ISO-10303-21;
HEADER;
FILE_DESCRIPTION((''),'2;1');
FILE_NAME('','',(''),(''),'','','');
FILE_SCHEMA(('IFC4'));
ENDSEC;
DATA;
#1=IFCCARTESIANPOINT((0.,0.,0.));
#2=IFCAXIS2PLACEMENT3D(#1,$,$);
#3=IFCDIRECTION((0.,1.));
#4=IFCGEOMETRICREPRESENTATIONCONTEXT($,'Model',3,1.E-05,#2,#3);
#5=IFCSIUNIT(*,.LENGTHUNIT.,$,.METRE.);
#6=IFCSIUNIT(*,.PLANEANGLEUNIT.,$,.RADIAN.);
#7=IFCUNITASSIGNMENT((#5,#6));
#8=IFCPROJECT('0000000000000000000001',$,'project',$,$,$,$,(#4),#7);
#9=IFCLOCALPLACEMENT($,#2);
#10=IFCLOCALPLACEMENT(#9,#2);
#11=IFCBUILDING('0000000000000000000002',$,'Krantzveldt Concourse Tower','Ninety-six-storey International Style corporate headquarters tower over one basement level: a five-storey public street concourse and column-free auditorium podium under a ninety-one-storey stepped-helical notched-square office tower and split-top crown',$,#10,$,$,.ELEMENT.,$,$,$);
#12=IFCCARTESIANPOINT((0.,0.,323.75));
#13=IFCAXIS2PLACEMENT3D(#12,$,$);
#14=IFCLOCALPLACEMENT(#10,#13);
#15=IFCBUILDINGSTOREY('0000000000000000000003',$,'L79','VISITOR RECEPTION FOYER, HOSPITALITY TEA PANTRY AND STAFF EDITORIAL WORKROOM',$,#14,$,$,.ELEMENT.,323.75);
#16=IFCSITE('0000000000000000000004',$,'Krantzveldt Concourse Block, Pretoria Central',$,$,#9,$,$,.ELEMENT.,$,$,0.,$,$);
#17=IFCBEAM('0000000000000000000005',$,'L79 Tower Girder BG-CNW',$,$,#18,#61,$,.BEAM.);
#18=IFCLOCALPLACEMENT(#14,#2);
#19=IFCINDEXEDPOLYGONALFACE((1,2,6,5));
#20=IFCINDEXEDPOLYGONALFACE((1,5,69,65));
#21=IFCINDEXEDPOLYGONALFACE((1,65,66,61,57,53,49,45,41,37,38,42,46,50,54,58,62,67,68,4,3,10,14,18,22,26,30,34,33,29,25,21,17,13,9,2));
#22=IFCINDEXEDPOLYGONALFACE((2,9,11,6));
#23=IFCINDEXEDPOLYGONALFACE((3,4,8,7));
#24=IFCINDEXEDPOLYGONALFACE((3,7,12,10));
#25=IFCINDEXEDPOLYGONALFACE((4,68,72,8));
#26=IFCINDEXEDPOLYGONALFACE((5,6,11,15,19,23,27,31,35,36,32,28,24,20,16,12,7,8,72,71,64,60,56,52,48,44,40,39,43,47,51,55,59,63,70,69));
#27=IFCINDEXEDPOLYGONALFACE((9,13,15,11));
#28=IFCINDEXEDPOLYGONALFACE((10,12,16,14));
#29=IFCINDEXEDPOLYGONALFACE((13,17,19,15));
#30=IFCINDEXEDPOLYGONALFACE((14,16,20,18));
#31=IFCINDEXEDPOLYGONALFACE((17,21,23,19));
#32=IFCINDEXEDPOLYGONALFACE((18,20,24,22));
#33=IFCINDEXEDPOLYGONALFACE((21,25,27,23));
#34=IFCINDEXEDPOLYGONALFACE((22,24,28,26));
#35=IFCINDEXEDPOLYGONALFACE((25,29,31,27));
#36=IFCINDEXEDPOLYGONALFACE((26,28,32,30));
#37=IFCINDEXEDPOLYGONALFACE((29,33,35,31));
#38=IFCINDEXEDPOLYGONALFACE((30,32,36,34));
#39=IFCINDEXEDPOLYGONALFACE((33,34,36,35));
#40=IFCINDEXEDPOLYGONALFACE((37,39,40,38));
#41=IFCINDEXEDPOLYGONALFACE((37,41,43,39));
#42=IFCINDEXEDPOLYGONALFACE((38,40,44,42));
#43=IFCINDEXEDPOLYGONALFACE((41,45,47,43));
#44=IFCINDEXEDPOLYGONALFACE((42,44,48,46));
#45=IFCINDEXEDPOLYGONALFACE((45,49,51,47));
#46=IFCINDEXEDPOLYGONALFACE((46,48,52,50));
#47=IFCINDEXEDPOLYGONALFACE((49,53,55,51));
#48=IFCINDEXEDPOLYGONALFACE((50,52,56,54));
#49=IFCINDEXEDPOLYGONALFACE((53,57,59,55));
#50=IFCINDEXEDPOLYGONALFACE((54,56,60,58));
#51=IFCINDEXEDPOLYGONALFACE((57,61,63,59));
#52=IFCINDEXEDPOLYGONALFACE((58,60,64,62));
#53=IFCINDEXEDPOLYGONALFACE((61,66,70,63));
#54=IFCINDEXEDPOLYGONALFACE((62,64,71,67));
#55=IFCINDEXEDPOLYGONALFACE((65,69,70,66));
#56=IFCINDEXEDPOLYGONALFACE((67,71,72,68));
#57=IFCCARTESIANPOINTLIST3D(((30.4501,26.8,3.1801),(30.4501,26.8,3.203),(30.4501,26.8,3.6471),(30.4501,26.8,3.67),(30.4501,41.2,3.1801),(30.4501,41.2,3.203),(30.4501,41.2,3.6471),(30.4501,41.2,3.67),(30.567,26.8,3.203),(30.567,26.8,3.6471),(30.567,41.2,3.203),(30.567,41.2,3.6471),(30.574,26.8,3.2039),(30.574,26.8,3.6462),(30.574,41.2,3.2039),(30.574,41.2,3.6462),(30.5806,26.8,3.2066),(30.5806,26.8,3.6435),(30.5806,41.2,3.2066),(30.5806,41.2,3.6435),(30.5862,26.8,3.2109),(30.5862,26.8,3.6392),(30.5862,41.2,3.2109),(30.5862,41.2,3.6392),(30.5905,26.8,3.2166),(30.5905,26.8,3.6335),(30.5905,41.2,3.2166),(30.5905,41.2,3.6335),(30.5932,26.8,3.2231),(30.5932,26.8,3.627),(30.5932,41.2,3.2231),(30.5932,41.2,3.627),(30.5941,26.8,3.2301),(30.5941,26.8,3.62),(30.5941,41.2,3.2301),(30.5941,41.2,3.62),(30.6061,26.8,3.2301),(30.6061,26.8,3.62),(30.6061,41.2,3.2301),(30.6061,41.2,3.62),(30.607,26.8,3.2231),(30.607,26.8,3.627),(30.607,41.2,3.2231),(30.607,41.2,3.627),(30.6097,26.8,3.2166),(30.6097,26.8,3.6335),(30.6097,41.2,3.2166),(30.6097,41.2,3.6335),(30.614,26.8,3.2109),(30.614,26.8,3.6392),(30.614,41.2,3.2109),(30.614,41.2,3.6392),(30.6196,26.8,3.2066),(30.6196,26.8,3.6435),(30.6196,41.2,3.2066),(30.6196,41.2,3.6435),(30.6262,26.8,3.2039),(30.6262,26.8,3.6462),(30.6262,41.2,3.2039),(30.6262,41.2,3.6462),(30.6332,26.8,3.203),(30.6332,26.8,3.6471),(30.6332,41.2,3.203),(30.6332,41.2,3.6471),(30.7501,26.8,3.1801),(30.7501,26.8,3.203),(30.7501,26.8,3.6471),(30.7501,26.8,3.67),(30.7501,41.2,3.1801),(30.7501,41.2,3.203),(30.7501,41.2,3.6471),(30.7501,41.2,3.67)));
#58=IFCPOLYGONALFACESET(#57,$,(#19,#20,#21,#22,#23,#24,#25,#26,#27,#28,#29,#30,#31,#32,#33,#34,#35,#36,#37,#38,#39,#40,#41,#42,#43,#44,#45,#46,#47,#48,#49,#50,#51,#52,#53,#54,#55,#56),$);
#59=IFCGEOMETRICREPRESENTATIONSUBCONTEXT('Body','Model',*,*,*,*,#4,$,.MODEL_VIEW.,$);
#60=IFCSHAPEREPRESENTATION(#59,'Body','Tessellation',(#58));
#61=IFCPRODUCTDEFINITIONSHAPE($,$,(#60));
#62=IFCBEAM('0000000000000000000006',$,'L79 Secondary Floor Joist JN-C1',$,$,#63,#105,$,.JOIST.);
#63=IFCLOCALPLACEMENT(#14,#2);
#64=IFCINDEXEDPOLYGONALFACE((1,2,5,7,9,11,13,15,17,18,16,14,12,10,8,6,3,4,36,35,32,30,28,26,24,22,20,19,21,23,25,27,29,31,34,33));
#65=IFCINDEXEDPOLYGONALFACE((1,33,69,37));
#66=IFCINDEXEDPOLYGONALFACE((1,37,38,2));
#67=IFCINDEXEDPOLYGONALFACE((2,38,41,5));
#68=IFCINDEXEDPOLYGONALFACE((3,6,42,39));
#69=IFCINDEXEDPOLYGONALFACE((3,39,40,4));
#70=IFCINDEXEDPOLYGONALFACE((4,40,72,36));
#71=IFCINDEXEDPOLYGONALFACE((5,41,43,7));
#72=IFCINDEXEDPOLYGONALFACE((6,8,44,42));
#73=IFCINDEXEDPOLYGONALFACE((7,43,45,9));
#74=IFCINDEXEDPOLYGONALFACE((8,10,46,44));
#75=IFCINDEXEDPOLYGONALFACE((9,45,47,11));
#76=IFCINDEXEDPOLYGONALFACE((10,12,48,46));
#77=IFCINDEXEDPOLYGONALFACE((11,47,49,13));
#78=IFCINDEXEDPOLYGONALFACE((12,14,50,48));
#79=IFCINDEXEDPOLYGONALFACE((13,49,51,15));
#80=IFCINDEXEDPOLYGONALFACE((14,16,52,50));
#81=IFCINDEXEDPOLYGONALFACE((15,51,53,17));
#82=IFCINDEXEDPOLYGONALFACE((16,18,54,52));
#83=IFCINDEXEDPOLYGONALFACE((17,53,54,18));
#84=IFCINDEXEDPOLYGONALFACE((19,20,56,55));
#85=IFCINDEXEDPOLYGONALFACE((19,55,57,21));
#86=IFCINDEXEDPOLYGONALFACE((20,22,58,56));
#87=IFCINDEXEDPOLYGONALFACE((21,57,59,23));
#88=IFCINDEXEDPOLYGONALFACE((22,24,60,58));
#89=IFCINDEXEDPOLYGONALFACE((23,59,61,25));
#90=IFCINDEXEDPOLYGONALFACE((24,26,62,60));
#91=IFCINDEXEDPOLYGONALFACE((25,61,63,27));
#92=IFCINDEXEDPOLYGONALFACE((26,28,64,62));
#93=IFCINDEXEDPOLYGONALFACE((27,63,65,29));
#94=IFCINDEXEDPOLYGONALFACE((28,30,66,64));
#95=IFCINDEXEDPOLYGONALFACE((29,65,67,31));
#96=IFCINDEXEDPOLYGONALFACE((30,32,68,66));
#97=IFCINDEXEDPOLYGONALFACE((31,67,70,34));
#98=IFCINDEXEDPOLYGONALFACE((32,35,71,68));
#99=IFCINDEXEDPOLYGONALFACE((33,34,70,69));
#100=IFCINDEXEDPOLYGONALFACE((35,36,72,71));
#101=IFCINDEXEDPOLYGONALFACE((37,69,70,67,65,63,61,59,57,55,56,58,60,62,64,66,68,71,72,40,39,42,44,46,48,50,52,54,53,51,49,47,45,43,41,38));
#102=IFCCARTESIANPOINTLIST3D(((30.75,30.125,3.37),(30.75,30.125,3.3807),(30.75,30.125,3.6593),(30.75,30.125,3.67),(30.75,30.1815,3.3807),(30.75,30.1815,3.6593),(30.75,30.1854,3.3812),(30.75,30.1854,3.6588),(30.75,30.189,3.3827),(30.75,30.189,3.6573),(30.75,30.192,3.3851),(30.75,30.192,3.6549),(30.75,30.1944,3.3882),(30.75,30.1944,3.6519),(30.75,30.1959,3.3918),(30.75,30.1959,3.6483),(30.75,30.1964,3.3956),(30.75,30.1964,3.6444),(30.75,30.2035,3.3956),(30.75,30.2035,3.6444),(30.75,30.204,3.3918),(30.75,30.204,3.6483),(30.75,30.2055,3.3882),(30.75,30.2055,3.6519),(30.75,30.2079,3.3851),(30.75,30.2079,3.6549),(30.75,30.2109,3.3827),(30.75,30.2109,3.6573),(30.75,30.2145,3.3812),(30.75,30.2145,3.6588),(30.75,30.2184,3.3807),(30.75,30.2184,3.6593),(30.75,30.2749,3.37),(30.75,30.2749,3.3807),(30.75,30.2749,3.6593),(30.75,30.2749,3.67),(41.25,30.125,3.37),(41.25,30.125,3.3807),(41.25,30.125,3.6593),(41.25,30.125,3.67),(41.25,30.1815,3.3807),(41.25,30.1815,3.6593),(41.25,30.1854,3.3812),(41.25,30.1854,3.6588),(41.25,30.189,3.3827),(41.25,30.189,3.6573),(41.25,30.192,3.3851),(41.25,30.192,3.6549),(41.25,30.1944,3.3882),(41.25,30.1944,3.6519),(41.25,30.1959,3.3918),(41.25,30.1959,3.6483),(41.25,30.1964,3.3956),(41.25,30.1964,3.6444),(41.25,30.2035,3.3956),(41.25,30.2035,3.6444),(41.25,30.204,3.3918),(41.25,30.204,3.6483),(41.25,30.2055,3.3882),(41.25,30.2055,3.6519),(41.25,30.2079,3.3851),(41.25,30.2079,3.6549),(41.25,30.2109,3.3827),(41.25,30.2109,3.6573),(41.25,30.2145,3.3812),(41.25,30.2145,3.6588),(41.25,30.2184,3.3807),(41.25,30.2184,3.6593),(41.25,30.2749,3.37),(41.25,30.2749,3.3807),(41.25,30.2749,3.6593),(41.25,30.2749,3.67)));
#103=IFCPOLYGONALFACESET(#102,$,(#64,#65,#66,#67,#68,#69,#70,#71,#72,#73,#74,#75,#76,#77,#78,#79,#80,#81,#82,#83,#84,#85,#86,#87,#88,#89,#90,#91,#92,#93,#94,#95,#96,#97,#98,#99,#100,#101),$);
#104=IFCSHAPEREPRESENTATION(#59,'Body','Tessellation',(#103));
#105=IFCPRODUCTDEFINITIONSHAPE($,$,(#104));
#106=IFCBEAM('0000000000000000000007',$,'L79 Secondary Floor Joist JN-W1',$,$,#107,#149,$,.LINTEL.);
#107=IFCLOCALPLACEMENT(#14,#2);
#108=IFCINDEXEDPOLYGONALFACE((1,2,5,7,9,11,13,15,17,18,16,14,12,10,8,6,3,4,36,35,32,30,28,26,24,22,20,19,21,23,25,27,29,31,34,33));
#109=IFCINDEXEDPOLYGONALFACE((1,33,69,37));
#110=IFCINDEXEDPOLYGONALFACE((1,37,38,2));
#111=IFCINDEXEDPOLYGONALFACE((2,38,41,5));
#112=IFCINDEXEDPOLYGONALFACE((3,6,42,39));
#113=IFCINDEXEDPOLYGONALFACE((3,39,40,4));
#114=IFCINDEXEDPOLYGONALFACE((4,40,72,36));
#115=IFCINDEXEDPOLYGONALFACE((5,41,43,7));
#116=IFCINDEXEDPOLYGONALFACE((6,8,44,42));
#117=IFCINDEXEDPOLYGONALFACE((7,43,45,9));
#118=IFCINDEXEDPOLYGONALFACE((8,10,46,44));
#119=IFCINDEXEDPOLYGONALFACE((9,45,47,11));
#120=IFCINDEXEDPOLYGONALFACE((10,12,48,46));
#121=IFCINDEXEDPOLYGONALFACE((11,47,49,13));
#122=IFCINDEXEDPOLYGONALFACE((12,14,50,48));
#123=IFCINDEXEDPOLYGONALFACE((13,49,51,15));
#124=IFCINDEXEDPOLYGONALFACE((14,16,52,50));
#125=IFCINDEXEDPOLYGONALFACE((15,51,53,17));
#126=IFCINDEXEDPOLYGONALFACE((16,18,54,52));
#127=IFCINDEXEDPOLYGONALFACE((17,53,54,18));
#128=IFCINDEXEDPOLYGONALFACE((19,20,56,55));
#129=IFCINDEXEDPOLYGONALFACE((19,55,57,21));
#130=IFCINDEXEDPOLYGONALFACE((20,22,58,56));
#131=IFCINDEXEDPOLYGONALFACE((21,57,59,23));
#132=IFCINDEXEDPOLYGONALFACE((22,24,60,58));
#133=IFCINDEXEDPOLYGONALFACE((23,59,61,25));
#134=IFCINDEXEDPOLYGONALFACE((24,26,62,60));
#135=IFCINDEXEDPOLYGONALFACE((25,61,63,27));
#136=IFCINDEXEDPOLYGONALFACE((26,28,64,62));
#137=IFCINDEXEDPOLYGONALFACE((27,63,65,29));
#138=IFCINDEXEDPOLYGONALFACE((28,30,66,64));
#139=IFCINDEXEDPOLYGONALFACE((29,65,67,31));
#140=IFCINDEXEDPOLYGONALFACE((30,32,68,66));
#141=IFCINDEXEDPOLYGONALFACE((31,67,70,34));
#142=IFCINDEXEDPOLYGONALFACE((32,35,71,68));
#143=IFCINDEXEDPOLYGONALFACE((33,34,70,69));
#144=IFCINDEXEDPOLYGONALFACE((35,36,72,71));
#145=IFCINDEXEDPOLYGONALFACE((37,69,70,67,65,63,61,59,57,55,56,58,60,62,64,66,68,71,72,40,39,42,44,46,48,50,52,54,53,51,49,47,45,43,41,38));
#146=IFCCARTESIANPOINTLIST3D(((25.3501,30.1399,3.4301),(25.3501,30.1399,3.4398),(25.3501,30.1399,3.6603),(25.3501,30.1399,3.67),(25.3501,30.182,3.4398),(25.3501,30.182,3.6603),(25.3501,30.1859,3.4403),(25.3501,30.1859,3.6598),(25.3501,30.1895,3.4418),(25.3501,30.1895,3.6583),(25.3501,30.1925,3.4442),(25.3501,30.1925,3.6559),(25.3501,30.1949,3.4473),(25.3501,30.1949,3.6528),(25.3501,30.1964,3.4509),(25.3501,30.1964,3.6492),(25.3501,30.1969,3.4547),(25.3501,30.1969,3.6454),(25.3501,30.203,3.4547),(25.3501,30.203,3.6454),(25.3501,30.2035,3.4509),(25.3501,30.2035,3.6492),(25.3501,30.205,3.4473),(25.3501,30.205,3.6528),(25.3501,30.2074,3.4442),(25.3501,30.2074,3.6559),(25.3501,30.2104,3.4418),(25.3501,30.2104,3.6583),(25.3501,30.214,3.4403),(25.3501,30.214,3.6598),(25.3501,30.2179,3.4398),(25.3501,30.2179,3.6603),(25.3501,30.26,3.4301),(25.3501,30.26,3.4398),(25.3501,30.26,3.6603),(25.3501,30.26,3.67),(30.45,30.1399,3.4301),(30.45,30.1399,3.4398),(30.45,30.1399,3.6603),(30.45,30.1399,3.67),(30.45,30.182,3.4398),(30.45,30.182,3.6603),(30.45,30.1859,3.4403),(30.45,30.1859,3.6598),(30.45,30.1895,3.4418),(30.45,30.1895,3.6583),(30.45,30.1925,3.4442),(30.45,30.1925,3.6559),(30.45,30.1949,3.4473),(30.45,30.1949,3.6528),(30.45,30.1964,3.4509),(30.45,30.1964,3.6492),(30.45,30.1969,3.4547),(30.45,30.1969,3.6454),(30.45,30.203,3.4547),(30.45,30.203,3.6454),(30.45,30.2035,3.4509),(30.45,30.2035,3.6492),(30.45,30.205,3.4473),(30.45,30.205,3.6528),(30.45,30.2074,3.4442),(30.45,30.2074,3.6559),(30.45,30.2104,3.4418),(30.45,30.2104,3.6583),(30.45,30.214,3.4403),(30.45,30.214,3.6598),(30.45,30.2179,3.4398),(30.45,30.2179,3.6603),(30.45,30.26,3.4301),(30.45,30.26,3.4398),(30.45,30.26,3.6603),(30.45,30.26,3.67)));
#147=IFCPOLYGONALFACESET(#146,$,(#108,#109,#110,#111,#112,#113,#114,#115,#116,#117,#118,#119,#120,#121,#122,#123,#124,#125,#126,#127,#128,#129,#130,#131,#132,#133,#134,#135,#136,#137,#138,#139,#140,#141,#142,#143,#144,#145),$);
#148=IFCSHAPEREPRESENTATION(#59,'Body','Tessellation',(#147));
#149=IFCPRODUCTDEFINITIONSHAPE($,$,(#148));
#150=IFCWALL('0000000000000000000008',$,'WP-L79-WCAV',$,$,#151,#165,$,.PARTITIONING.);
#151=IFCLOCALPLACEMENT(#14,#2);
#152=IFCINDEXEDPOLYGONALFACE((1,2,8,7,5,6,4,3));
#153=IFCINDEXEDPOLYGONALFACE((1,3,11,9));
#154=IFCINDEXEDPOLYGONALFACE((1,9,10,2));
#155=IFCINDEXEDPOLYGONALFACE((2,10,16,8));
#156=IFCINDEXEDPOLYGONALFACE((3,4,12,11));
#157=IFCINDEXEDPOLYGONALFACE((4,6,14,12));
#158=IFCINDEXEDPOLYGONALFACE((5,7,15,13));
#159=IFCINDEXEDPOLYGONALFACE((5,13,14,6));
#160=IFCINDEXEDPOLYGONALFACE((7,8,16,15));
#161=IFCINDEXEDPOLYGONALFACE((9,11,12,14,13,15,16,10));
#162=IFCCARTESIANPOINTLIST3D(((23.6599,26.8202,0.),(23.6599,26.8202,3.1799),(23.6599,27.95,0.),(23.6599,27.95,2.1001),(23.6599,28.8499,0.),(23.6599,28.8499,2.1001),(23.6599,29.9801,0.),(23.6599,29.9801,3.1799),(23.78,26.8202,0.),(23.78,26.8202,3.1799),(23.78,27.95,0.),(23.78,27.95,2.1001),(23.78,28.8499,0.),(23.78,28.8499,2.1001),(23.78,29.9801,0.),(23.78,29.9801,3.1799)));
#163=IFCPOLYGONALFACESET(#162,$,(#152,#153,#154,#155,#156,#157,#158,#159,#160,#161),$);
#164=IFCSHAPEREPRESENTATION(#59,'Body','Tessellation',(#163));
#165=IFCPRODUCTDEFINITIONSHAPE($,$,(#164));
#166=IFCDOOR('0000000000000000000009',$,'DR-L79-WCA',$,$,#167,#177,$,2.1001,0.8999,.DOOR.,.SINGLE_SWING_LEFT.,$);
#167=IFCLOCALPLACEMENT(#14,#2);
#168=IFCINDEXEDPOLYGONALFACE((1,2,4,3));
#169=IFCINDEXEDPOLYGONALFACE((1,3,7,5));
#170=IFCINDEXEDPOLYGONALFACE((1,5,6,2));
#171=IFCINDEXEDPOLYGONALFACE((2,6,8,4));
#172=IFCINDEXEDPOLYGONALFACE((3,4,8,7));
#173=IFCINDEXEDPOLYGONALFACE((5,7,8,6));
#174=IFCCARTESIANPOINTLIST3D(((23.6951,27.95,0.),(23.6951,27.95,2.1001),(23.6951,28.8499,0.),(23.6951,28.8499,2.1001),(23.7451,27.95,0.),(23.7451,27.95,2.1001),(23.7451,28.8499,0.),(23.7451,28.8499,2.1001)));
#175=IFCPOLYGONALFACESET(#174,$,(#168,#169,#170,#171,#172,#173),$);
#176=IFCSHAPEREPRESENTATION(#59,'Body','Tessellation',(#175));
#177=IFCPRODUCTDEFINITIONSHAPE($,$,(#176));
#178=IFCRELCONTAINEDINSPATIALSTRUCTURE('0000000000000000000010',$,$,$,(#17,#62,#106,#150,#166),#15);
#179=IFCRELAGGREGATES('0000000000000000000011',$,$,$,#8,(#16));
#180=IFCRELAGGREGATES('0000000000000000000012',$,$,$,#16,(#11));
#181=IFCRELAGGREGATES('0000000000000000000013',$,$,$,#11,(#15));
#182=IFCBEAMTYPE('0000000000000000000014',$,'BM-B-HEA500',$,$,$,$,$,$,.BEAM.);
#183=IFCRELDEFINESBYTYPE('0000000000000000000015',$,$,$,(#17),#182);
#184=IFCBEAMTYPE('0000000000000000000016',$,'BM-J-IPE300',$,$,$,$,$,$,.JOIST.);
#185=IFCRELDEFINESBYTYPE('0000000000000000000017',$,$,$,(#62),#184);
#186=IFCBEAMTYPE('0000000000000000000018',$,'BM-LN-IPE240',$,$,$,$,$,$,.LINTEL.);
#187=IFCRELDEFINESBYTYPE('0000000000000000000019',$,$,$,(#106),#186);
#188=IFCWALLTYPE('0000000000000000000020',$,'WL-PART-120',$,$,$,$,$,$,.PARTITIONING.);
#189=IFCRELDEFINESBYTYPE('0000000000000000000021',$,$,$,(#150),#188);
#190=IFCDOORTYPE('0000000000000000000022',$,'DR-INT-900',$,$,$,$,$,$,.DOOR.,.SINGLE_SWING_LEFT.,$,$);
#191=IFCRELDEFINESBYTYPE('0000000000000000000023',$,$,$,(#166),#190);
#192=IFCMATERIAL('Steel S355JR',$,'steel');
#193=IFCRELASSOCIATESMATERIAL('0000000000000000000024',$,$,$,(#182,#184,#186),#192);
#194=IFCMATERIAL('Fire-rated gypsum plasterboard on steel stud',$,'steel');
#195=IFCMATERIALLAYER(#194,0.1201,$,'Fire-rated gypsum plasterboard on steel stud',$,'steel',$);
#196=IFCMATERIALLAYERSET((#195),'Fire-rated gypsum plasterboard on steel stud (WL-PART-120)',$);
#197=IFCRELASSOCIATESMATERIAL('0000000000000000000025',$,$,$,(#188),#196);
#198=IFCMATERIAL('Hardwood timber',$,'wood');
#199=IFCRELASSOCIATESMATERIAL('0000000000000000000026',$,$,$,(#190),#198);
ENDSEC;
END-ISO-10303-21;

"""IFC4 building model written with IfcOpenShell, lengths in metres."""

from ifc_helpers import new_model, si_unit, direction, frame, frame_2d, origin, origin_2d, place, context, subcontext, project, spatial, rectangle, i_section, extrude, source, transform, mapped, material, layer, layer_set, material_profile, profile_set, type_object, type_shapes, element, fill, save


model = new_model("IFC4")

# Units and contexts
model_context = context("Model", 3, precision=1e-05, world=origin(), true_north=direction((0.0, 1.0)))
body_context = subcontext(model_context, "Body", "Model", "MODEL_VIEW")
ifc_project = project(units=[si_unit("LENGTHUNIT", "METRE"), si_unit("PLANEANGLEUNIT", "RADIAN")], contexts=[model_context])

# Site, building, storey
site_placement = place(None, origin())
site = spatial("IfcSite", under=ifc_project, at=site_placement, Name="Krantzveldt Concourse Block, Pretoria Central", CompositionType="ELEMENT", RefElevation=0.0)
building_placement = place(site_placement, origin())
building = spatial("IfcBuilding", under=site, at=building_placement, Name="Krantzveldt Concourse Tower", Description="Ninety-six-storey International Style corporate headquarters tower over one basement level: a five-storey public street concourse and column-free auditorium podium under a ninety-one-storey stepped-helical notched-square office tower and split-top crown", CompositionType="ELEMENT")
storey_placement = place(building_placement, frame((0.0, 0.0, 323.75)))
storey = spatial("IfcBuildingStorey", under=building, at=storey_placement, Name="L79", Description="VISITOR RECEPTION FOYER, HOSPITALITY TEA PANTRY AND STAFF EDITORIAL WORKROOM", CompositionType="ELEMENT", Elevation=323.75)

# Beams
ifc_material_1 = material(Name="Steel S355JR", Category="steel")
ifc_material_profile_1 = material_profile(ifc_material_1, i_section(OverallWidth=0.3, OverallDepth=0.49, WebThickness=0.012, FlangeThickness=0.0229, FilletRadius=0.0271, at=origin_2d()), Name="Steel S355JR", Category="steel")
ifc_profile_set_1 = profile_set([ifc_material_profile_1], Name="Steel S355JR - HEA 500")
beam_type_1 = type_object("IfcBeamType", Name="BM-B-HEA500", PredefinedType="BEAM", material=ifc_profile_set_1)
shared_shape_1 = source(origin(), body_context, "Body", "SweptSolid", [
    extrude(i_section(OverallWidth=0.3, OverallDepth=0.49, WebThickness=0.012, FlangeThickness=0.0229, FilletRadius=0.0271, at=origin_2d()), origin(), (0.0, 0.0, 1.0), 14.3999),
])
type_shapes(beam_type_1, [shared_shape_1])
beam_1_placement = place(storey_placement, frame((30.6001, 26.8, 3.425), z_axis=(0.0, 1.0, 0.0), x_axis=(-1.0, 0.0, 0.0)))
element("IfcBeam", 1, at=beam_1_placement, inside=storey, type_object=beam_type_1, Name="L79 Tower Girder BG-CNW", PredefinedType="BEAM", context=body_context, shape_type="MappedRepresentation", body=[
    mapped(shared_shape_1, transform((0.0, 0.0, 0.0), x_axis=(1.0, 0.0, 0.0), y_axis=(0.0, 1.0, 0.0), z_axis=(0.0, 0.0, 1.0), scale=1.0)),
])
ifc_material_profile_2 = material_profile(ifc_material_1, i_section(OverallWidth=0.1499, OverallDepth=0.3, WebThickness=0.0071, FlangeThickness=0.0107, FilletRadius=0.0149, at=origin_2d()), Name="Steel S355JR", Category="steel")
ifc_profile_set_2 = profile_set([ifc_material_profile_2], Name="Steel S355JR - IPE 300")
beam_type_2 = type_object("IfcBeamType", Name="BM-J-IPE300", PredefinedType="JOIST", material=ifc_profile_set_2)
shared_shape_2 = source(origin(), body_context, "Body", "SweptSolid", [
    extrude(i_section(OverallWidth=0.1499, OverallDepth=0.3, WebThickness=0.0071, FlangeThickness=0.0107, FilletRadius=0.0149, at=origin_2d()), origin(), (0.0, 0.0, 1.0), 10.5),
])
type_shapes(beam_type_2, [shared_shape_2])
beam_2_placement = place(storey_placement, frame((30.75, 30.2, 3.52), z_axis=(1.0, 0.0, 0.0), x_axis=(0.0, 1.0, 0.0)))
element("IfcBeam", 2, at=beam_2_placement, inside=storey, type_object=beam_type_2, Name="L79 Secondary Floor Joist JN-C1", PredefinedType="JOIST", context=body_context, shape_type="MappedRepresentation", body=[
    mapped(shared_shape_2, transform((0.0, 0.0, 0.0), x_axis=(1.0, 0.0, 0.0), y_axis=(0.0, 1.0, 0.0), z_axis=(0.0, 0.0, 1.0), scale=1.0)),
])
ifc_material_profile_3 = material_profile(ifc_material_1, i_section(OverallWidth=0.1201, OverallDepth=0.24, WebThickness=0.0061, FlangeThickness=0.0098, FilletRadius=0.0149, at=origin_2d()), Name="Steel S355JR", Category="steel")
ifc_profile_set_3 = profile_set([ifc_material_profile_3], Name="Steel S355JR - IPE 240")
beam_type_3 = type_object("IfcBeamType", Name="BM-LN-IPE240", PredefinedType="LINTEL", material=ifc_profile_set_3)
shared_shape_3 = source(origin(), body_context, "Body", "SweptSolid", [
    extrude(i_section(OverallWidth=0.1201, OverallDepth=0.24, WebThickness=0.0061, FlangeThickness=0.0098, FilletRadius=0.0149, at=origin_2d()), origin(), (0.0, 0.0, 1.0), 5.0999),
])
type_shapes(beam_type_3, [shared_shape_3])
beam_3_placement = place(storey_placement, frame((25.3501, 30.2, 3.55), z_axis=(1.0, 0.0, 0.0), x_axis=(0.0, 1.0, 0.0)))
element("IfcBeam", 3, at=beam_3_placement, inside=storey, type_object=beam_type_3, Name="L79 Secondary Floor Joist JN-W1", PredefinedType="LINTEL", context=body_context, shape_type="MappedRepresentation", body=[
    mapped(shared_shape_3, transform((0.0, 0.0, 0.0), x_axis=(1.0, 0.0, 0.0), y_axis=(0.0, 1.0, 0.0), z_axis=(0.0, 0.0, 1.0), scale=1.0)),
])

# Wall, opening, door
ifc_material_2 = material(Name="Fire-rated gypsum plasterboard on steel stud", Category="steel")
ifc_layer_1 = layer(ifc_material_2, 0.1201, Name="Fire-rated gypsum plasterboard on steel stud", Category="steel")
ifc_layer_set_1 = layer_set([ifc_layer_1], Name="Fire-rated gypsum plasterboard on steel stud (WL-PART-120)")
wall_type_1 = type_object("IfcWallType", Name="WL-PART-120", PredefinedType="PARTITIONING", material=ifc_layer_set_1)
wall_1_placement = place(storey_placement, frame((23.72, 26.8201, 0.0), z_axis=(0.0, 0.0, 1.0), x_axis=(0.0, 1.0, 0.0)))
wall_1 = element("IfcWall", 4, at=wall_1_placement, inside=storey, type_object=wall_type_1, Name="WP-L79-WCAV", PredefinedType="PARTITIONING", context=body_context, shape_type="SweptSolid", body=[
    extrude(rectangle(XDim=3.1599, YDim=0.1201, at=frame_2d((1.5801, 0.0))), origin(), (0.0, 0.0, 1.0), 3.1799),
])
opening_1_placement = place(wall_1_placement, frame((1.1299, 0.0, 0.0)))
opening_1 = element("IfcOpeningElement", 5, at=opening_1_placement, cuts=wall_1, PredefinedType="OPENING", context=body_context, shape_type="SweptSolid", body=[
    extrude(rectangle(XDim=0.8999, YDim=2.1001, at=frame_2d((0.45, 1.05))), frame((0.0, 0.0701, 0.0), z_axis=(0.0, -1.0, 0.0), x_axis=(1.0, 0.0, 0.0)), (0.0, 0.0, 1.0), 0.1401),
])
ifc_material_3 = material(Name="Hardwood timber", Category="wood")
door_type_1 = type_object("IfcDoorType", Name="DR-INT-900", OperationType="SINGLE_SWING_LEFT", PredefinedType="DOOR", material=ifc_material_3)
door_1_placement = place(opening_1_placement, origin())
door_1 = element("IfcDoor", 6, at=door_1_placement, inside=storey, type_object=door_type_1, Name="DR-L79-WCA", OperationType="SINGLE_SWING_LEFT", OverallHeight=2.1001, OverallWidth=0.8999, PredefinedType="DOOR", context=body_context, shape_type="SweptSolid", body=[
    extrude(rectangle(XDim=0.8999, YDim=2.1001, at=frame_2d((0.45, 1.05))), frame((0.0, 0.0249, 0.0), z_axis=(0.0, -1.0, 0.0), x_axis=(1.0, 0.0, 0.0)), (0.0, 0.0, 1.0), 0.05),
])
fill(opening_1, door_1)

save(model, "model.ifc")
